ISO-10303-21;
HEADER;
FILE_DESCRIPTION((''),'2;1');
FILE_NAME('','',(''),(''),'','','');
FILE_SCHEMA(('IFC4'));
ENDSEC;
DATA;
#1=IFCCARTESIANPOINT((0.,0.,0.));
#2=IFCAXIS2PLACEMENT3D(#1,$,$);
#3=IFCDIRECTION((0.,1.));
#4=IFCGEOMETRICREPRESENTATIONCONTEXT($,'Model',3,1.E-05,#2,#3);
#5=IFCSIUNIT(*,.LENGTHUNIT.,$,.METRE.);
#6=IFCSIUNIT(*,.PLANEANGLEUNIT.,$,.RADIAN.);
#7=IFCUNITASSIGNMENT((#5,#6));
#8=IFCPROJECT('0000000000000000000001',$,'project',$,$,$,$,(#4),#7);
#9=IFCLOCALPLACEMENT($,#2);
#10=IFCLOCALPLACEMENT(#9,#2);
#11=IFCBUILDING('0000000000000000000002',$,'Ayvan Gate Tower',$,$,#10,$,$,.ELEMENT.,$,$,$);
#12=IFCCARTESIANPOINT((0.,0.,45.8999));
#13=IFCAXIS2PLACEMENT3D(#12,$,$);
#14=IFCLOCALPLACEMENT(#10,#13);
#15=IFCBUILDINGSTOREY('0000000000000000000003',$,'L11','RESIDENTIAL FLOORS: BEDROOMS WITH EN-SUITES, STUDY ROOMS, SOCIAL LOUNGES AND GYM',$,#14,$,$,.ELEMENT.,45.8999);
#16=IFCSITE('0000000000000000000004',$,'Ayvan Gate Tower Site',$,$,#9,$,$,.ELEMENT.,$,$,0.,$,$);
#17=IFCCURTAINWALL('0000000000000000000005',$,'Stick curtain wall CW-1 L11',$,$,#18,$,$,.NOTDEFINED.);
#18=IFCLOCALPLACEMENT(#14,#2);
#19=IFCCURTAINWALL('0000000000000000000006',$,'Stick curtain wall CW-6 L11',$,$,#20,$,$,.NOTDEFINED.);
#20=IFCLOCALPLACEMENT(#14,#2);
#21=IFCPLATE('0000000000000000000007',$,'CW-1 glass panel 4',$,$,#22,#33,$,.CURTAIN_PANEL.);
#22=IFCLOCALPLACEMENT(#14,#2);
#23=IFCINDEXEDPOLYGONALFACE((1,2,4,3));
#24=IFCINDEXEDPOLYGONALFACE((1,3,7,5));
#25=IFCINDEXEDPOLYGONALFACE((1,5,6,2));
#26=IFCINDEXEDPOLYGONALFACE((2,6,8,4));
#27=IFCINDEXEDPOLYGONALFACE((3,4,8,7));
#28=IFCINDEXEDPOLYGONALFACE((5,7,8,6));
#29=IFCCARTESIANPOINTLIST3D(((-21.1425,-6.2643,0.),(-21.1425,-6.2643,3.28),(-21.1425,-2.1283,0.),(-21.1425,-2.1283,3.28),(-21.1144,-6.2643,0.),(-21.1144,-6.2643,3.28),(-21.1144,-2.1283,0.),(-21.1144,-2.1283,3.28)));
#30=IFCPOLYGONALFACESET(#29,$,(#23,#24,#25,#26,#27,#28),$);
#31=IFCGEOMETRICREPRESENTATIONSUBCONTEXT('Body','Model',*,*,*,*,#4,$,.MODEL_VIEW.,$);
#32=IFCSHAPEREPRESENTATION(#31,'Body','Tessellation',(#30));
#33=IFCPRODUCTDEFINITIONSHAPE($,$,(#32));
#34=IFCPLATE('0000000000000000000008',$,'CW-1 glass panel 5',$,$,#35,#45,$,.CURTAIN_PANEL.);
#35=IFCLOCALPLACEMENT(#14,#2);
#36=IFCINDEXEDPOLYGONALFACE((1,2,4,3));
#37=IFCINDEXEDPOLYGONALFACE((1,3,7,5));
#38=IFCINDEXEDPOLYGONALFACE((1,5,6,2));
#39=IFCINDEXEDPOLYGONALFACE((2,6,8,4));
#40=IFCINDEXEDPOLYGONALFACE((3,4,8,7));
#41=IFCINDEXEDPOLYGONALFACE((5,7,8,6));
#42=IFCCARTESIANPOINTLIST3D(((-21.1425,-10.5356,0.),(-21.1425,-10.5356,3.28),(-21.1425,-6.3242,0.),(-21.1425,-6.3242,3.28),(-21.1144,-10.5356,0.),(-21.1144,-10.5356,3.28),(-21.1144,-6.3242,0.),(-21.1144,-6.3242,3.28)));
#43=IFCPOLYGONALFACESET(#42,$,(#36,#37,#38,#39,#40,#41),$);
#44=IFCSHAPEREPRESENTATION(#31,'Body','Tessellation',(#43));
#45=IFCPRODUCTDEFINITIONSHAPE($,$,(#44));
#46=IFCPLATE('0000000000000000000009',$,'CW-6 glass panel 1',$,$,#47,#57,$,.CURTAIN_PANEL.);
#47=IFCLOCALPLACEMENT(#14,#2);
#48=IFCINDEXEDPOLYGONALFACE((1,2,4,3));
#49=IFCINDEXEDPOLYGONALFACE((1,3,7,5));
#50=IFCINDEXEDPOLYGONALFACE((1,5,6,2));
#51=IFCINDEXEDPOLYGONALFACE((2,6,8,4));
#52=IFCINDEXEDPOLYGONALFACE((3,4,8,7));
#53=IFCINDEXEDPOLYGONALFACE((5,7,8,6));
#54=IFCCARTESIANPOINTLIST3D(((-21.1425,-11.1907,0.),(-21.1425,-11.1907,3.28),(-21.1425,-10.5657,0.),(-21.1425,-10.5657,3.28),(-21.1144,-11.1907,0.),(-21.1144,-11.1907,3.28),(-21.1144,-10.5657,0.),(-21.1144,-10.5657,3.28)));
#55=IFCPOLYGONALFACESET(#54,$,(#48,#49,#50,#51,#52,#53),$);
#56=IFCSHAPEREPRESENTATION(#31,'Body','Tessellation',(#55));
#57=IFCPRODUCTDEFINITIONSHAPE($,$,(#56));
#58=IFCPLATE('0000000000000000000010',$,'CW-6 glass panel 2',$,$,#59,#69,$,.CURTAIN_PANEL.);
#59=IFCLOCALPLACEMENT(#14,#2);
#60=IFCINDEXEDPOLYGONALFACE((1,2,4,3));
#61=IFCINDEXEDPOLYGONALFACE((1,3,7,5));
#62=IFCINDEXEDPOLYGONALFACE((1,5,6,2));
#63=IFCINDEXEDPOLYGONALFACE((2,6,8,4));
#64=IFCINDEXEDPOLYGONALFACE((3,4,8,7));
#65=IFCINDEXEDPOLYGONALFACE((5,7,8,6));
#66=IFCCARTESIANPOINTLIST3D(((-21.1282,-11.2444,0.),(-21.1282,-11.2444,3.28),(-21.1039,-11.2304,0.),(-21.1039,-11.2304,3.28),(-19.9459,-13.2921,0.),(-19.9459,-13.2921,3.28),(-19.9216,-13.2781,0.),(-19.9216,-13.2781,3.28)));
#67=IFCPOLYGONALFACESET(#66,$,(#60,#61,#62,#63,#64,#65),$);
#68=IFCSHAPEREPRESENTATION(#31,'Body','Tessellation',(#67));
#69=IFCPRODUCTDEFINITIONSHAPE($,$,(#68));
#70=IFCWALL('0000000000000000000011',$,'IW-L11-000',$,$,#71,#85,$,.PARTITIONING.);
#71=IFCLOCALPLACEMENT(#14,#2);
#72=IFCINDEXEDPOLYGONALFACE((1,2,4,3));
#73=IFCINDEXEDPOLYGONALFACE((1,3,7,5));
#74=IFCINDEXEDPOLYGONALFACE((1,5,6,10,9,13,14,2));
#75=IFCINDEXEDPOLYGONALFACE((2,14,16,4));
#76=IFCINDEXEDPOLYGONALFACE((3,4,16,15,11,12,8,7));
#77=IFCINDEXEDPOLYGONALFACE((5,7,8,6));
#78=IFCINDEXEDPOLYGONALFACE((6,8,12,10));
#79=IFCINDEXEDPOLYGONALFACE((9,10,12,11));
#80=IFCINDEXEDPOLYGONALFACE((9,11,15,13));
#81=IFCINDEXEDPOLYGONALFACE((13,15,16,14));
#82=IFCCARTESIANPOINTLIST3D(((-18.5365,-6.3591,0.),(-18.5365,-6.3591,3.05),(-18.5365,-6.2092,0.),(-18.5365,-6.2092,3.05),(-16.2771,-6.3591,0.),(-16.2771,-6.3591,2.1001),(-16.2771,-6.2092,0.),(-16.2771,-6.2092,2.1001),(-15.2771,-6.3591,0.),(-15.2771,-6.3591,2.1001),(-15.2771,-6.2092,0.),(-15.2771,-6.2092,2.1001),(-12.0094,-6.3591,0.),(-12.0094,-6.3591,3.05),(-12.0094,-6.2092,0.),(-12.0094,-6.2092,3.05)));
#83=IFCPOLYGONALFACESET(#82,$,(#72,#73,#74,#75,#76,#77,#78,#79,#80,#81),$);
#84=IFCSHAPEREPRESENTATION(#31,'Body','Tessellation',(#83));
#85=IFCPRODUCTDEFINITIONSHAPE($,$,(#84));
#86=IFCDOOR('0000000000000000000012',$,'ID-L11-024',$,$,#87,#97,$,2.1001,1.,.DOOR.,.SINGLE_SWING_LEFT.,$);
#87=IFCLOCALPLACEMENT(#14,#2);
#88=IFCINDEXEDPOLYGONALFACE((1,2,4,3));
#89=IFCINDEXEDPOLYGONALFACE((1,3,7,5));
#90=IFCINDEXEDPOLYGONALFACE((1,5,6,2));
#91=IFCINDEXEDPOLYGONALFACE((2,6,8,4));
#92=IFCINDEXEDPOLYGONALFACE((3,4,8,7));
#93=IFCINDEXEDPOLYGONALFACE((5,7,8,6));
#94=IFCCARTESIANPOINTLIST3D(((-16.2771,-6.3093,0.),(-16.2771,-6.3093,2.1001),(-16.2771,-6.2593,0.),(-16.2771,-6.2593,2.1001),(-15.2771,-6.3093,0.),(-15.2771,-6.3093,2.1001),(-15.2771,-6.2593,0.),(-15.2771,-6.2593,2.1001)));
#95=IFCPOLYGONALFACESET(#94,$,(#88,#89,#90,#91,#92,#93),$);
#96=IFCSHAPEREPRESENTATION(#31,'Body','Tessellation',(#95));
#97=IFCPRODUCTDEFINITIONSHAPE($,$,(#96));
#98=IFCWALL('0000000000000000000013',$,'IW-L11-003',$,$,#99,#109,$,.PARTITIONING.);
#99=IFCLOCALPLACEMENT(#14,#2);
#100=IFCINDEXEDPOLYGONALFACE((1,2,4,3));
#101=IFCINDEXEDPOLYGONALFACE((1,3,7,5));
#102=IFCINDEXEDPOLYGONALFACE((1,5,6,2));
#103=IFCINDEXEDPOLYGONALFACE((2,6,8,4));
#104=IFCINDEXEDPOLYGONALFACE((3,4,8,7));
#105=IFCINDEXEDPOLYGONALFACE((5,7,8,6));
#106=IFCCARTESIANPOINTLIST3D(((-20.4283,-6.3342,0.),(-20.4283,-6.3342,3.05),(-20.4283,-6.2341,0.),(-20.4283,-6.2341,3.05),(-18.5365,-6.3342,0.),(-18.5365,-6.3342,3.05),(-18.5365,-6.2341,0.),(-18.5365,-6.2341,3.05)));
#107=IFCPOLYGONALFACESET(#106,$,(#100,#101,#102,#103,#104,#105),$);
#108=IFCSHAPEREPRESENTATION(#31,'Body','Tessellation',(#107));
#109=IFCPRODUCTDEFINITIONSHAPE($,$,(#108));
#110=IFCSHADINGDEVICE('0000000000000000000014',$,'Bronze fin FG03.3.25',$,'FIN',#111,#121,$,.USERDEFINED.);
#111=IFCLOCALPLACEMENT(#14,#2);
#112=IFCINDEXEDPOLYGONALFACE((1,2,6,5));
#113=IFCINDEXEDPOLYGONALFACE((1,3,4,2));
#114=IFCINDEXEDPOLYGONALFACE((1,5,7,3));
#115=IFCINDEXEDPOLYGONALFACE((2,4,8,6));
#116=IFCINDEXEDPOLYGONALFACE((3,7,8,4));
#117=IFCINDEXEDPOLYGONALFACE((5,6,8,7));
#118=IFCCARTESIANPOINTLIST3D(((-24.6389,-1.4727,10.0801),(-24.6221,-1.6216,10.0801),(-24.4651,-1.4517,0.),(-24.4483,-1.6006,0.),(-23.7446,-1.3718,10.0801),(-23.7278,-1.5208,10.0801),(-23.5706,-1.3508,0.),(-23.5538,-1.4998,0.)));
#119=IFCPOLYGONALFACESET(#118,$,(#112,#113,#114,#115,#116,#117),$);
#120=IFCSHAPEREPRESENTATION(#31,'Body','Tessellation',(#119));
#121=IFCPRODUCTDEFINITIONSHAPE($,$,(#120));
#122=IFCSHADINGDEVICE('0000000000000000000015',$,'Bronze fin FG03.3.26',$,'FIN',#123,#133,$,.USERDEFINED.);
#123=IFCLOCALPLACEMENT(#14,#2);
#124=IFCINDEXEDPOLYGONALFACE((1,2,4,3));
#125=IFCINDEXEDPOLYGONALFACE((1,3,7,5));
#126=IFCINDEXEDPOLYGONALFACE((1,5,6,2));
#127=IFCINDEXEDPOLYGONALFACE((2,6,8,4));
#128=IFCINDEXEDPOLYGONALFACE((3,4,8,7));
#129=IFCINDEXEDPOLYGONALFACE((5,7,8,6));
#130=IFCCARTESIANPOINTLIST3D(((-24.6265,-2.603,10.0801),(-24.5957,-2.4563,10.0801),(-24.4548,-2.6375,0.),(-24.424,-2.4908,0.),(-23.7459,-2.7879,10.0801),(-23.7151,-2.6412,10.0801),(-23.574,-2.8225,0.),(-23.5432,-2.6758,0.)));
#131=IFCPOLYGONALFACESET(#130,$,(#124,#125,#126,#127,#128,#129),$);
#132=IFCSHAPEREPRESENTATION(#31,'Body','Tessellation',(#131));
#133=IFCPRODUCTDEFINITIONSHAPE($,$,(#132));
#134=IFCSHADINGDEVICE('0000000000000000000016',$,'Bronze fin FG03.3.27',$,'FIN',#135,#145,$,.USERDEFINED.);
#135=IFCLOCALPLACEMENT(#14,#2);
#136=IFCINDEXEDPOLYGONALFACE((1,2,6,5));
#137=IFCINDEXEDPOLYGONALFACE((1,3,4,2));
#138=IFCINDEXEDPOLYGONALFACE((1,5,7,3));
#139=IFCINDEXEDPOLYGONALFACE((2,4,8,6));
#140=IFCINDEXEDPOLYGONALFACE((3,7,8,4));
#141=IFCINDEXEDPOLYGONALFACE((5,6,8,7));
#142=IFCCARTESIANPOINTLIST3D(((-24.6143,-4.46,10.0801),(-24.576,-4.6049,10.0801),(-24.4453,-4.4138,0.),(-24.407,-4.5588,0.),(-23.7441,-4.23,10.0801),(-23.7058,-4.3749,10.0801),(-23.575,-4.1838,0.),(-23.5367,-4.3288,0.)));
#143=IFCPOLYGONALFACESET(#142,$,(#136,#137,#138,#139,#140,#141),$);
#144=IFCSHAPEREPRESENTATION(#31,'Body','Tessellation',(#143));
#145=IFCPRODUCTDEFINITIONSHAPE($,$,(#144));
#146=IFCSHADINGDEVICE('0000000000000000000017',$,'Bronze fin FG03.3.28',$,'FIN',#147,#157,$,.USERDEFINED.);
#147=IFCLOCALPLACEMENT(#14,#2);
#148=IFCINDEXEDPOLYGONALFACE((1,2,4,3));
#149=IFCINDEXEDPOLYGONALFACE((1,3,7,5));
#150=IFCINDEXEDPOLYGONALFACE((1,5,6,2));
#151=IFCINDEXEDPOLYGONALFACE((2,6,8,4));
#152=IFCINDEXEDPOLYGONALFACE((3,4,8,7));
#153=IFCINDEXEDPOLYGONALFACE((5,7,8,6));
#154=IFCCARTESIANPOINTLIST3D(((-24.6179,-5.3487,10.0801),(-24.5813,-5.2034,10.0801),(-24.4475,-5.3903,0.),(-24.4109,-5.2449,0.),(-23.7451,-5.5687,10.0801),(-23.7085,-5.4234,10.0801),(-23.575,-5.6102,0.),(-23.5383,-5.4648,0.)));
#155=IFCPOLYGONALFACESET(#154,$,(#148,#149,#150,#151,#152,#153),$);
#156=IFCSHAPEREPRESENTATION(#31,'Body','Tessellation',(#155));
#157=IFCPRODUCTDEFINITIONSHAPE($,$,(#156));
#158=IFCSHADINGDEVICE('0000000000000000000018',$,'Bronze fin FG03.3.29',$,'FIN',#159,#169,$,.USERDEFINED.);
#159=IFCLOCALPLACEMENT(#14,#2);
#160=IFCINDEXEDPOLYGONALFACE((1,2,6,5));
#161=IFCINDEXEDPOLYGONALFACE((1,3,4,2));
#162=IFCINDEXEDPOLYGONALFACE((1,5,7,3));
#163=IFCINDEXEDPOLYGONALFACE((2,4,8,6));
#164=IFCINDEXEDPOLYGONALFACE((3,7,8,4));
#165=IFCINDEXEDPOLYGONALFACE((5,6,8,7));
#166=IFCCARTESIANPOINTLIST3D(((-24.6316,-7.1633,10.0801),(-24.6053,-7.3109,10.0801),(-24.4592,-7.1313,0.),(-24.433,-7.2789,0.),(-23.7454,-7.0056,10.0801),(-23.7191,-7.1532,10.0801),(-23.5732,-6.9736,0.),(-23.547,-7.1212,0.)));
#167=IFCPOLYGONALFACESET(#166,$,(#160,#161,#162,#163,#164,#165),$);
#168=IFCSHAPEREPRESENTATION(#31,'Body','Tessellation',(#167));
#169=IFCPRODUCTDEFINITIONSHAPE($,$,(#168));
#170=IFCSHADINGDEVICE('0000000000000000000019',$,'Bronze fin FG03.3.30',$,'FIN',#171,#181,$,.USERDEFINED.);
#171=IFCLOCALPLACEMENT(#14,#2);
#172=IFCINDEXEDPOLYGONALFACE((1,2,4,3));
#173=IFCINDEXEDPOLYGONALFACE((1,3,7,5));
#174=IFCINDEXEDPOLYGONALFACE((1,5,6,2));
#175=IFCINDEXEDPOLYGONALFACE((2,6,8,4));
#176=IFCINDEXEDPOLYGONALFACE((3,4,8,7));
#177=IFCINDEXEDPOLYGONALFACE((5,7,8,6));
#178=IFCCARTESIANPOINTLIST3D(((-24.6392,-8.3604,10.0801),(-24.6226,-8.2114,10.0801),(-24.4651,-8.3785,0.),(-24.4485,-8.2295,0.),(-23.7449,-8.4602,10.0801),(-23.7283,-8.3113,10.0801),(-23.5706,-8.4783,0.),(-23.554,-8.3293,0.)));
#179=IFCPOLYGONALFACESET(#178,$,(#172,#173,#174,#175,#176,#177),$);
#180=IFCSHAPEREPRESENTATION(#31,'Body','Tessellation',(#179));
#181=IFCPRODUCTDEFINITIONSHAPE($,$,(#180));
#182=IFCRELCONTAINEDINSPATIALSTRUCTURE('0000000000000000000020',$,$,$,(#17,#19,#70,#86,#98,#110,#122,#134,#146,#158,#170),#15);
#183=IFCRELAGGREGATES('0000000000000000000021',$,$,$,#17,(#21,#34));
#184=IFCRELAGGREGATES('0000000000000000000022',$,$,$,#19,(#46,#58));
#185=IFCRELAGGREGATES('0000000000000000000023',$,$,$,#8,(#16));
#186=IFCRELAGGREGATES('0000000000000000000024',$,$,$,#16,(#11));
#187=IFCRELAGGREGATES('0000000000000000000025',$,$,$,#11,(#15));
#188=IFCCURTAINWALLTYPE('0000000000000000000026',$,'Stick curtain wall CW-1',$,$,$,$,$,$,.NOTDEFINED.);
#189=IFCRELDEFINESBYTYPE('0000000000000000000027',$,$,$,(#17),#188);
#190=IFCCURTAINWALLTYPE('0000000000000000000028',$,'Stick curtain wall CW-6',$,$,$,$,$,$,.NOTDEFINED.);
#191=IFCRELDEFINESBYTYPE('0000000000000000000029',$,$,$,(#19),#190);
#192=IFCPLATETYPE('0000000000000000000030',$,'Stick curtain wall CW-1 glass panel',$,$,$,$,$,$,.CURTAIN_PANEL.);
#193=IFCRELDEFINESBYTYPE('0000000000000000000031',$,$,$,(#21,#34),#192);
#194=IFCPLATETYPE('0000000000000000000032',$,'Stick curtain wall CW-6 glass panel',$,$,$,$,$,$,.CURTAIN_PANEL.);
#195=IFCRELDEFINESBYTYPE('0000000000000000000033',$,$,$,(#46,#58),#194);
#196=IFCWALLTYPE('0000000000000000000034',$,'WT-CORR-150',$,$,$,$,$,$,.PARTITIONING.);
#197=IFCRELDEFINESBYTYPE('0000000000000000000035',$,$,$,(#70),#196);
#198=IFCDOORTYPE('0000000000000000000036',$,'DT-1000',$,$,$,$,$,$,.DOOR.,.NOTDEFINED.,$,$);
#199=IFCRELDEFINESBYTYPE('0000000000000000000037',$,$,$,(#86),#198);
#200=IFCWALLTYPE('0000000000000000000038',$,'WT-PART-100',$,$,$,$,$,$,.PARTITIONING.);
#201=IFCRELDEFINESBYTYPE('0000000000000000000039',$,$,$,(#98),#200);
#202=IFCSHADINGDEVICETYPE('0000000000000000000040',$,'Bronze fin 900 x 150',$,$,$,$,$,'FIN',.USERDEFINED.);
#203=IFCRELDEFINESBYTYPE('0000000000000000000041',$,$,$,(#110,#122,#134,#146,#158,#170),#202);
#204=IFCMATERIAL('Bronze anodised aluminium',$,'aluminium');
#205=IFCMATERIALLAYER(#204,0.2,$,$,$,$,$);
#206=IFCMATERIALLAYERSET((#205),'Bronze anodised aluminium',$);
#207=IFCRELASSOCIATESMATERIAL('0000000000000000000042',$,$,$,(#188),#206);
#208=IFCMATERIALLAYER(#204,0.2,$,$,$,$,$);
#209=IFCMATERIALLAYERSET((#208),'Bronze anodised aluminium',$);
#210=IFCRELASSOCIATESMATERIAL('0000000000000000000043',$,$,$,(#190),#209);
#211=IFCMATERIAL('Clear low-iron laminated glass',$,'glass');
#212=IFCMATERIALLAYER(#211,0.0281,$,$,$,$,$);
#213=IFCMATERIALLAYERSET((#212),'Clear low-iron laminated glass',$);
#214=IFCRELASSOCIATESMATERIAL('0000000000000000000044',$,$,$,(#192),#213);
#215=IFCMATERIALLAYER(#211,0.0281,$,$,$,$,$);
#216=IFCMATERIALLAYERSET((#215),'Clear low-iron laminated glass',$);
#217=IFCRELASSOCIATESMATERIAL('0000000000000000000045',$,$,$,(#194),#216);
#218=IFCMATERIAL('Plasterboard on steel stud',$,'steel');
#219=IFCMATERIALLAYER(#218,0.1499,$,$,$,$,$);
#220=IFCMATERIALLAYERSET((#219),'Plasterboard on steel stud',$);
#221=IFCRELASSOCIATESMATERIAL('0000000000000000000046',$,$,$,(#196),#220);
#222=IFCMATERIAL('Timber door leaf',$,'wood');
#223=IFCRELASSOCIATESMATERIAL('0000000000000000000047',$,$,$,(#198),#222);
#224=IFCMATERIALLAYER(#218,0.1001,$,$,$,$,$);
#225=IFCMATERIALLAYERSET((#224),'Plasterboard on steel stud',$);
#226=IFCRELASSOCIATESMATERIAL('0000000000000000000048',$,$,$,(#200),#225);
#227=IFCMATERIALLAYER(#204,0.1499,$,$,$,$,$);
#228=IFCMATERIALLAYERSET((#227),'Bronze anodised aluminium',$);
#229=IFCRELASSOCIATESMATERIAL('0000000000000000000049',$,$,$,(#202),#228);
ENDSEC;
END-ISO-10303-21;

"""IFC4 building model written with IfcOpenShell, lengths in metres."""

from ifc_helpers import new_model, si_unit, direction, frame, frame_2d, origin, origin_2d, place, context, subcontext, project, spatial, polyline, rectangle, outline, extrude, material, layer, layer_set, type_object, element, fill, aggregate, save


model = new_model("IFC4")

# Units and contexts
model_context = context("Model", 3, precision=1e-05, world=origin(), true_north=direction((0.0, 1.0)))
body_context = subcontext(model_context, "Body", "Model", "MODEL_VIEW")
ifc_project = project(units=[si_unit("LENGTHUNIT", "METRE"), si_unit("PLANEANGLEUNIT", "RADIAN")], contexts=[model_context])

# Site, building, storey
site_placement = place(None, origin())
site = spatial("IfcSite", under=ifc_project, at=site_placement, Name="Ayvan Gate Tower Site", CompositionType="ELEMENT", RefElevation=0.0)
building_placement = place(site_placement, origin())
building = spatial("IfcBuilding", under=site, at=building_placement, Name="Ayvan Gate Tower", CompositionType="ELEMENT")
storey_placement = place(building_placement, frame((0.0, 0.0, 45.8999)))
storey = spatial("IfcBuildingStorey", under=building, at=storey_placement, Name="L11", Description="RESIDENTIAL FLOORS: BEDROOMS WITH EN-SUITES, STUDY ROOMS, SOCIAL LOUNGES AND GYM", CompositionType="ELEMENT", Elevation=45.8999)

# Curtain walls
ifc_material_1 = material(Name="Bronze anodised aluminium", Category="aluminium")
ifc_layer_1 = layer(ifc_material_1, 0.2)
ifc_layer_set_1 = layer_set([ifc_layer_1], Name="Bronze anodised aluminium")
curtain_wall_type_1 = type_object("IfcCurtainWallType", Name="Stick curtain wall CW-1", PredefinedType="NOTDEFINED", material=ifc_layer_set_1)
curtain_wall_1_placement = place(storey_placement, origin())
curtain_wall_1 = element("IfcCurtainWall", 1, at=curtain_wall_1_placement, inside=storey, type_object=curtain_wall_type_1, Name="Stick curtain wall CW-1 L11", PredefinedType="NOTDEFINED")
ifc_layer_2 = layer(ifc_material_1, 0.2)
ifc_layer_set_2 = layer_set([ifc_layer_2], Name="Bronze anodised aluminium")
curtain_wall_type_2 = type_object("IfcCurtainWallType", Name="Stick curtain wall CW-6", PredefinedType="NOTDEFINED", material=ifc_layer_set_2)
curtain_wall_2_placement = place(storey_placement, origin())
curtain_wall_2 = element("IfcCurtainWall", 2, at=curtain_wall_2_placement, inside=storey, type_object=curtain_wall_type_2, Name="Stick curtain wall CW-6 L11", PredefinedType="NOTDEFINED")

# Plates
ifc_material_2 = material(Name="Clear low-iron laminated glass", Category="glass")
ifc_layer_3 = layer(ifc_material_2, 0.0281)
ifc_layer_set_3 = layer_set([ifc_layer_3], Name="Clear low-iron laminated glass")
plate_type_1 = type_object("IfcPlateType", Name="Stick curtain wall CW-1 glass panel", PredefinedType="CURTAIN_PANEL", material=ifc_layer_set_3)
plate_1_placement = place(storey_placement, frame((-21.1284, -4.1963, 0.0), z_axis=(0.0, 0.0, 1.0), x_axis=(0.0, -1.0, 0.0)))
plate_1 = element("IfcPlate", 3, at=plate_1_placement, type_object=plate_type_1, Name="CW-1 glass panel 4", PredefinedType="CURTAIN_PANEL", context=body_context, shape_type="SweptSolid", body=[
    extrude(rectangle(XDim=4.136, YDim=0.0281, at=origin_2d()), origin(), (0.0, 0.0, 1.0), 3.28),
])
plate_2_placement = place(storey_placement, frame((-21.1284, -8.4299, 0.0), z_axis=(0.0, 0.0, 1.0), x_axis=(0.0, -1.0, 0.0)))
plate_2 = element("IfcPlate", 4, at=plate_2_placement, type_object=plate_type_1, Name="CW-1 glass panel 5", PredefinedType="CURTAIN_PANEL", context=body_context, shape_type="SweptSolid", body=[
    extrude(rectangle(XDim=4.2114, YDim=0.0281, at=origin_2d()), origin(), (0.0, 0.0, 1.0), 3.28),
])
aggregate(curtain_wall_1, [plate_1, plate_2])
ifc_layer_4 = layer(ifc_material_2, 0.0281)
ifc_layer_set_4 = layer_set([ifc_layer_4], Name="Clear low-iron laminated glass")
plate_type_2 = type_object("IfcPlateType", Name="Stick curtain wall CW-6 glass panel", PredefinedType="CURTAIN_PANEL", material=ifc_layer_set_4)
plate_3_placement = place(storey_placement, frame((-21.1284, -10.8782, 0.0), z_axis=(0.0, 0.0, 1.0), x_axis=(0.0, -1.0, 0.0)))
plate_3 = element("IfcPlate", 5, at=plate_3_placement, type_object=plate_type_2, Name="CW-6 glass panel 1", PredefinedType="CURTAIN_PANEL", context=body_context, shape_type="SweptSolid", body=[
    extrude(rectangle(XDim=0.625, YDim=0.0281, at=origin_2d()), origin(), (0.0, 0.0, 1.0), 3.28),
])
plate_4_placement = place(storey_placement, frame((-20.5249, -12.2612, 0.0), z_axis=(0.0, 0.0, 1.0), x_axis=(0.5, -0.866025, 0.0)))
plate_4 = element("IfcPlate", 6, at=plate_4_placement, type_object=plate_type_2, Name="CW-6 glass panel 2", PredefinedType="CURTAIN_PANEL", context=body_context, shape_type="SweptSolid", body=[
    extrude(rectangle(XDim=2.3645, YDim=0.0281, at=origin_2d()), origin(), (0.0, 0.0, 1.0), 3.28),
])
aggregate(curtain_wall_2, [plate_3, plate_4])

# Wall, opening, door
ifc_material_3 = material(Name="Plasterboard on steel stud", Category="steel")
ifc_layer_5 = layer(ifc_material_3, 0.1499)
ifc_layer_set_5 = layer_set([ifc_layer_5], Name="Plasterboard on steel stud")
wall_type_1 = type_object("IfcWallType", Name="WT-CORR-150", PredefinedType="PARTITIONING", material=ifc_layer_set_5)
wall_1_placement = place(storey_placement, frame((-18.5366, -6.2842, 0.0), z_axis=(0.0, 0.0, 1.0), x_axis=(1.0, 0.0, 0.0)))
wall_1 = element("IfcWall", 7, at=wall_1_placement, inside=storey, type_object=wall_type_1, Name="IW-L11-000", PredefinedType="PARTITIONING", context=body_context, shape_type="SweptSolid", body=[
    extrude(rectangle(XDim=6.5271, YDim=0.1499, at=frame_2d((3.2637, 0.0))), origin(), (0.0, 0.0, 1.0), 3.05),
])
opening_placement = place(wall_1_placement, frame((2.2595, 0.0, 0.0)))
opening = element("IfcOpeningElement", 8, at=opening_placement, cuts=wall_1, PredefinedType="OPENING", context=body_context, shape_type="SweptSolid", body=[
    extrude(rectangle(XDim=1.0, YDim=2.1001, at=frame_2d((0.5, 1.05))), frame((0.0, 0.085, 0.0), z_axis=(0.0, -1.0, 0.0), x_axis=(1.0, 0.0, 0.0)), (0.0, 0.0, 1.0), 0.1699),
])
ifc_material_4 = material(Name="Timber door leaf", Category="wood")
door_type = type_object("IfcDoorType", Name="DT-1000", OperationType="NOTDEFINED", PredefinedType="DOOR", material=ifc_material_4)
door_placement = place(opening_placement, origin())
door = element("IfcDoor", 9, at=door_placement, inside=storey, type_object=door_type, Name="ID-L11-024", OperationType="SINGLE_SWING_LEFT", OverallHeight=2.1001, OverallWidth=1.0, PredefinedType="DOOR", context=body_context, shape_type="SweptSolid", body=[
    extrude(rectangle(XDim=1.0, YDim=2.1001, at=frame_2d((0.5, 1.05))), frame((0.0, 0.0249, 0.0), z_axis=(0.0, -1.0, 0.0), x_axis=(1.0, 0.0, 0.0)), (0.0, 0.0, 1.0), 0.05),
])
fill(opening, door)

# Wall
ifc_layer_6 = layer(ifc_material_3, 0.1001)
ifc_layer_set_6 = layer_set([ifc_layer_6], Name="Plasterboard on steel stud")
wall_type_2 = type_object("IfcWallType", Name="WT-PART-100", PredefinedType="PARTITIONING", material=ifc_layer_set_6)
wall_2_placement = place(storey_placement, frame((-18.5366, -6.2842, 0.0), z_axis=(0.0, 0.0, 1.0), x_axis=(-1.0, 0.0, 0.0)))
element("IfcWall", 10, at=wall_2_placement, inside=storey, type_object=wall_type_2, Name="IW-L11-003", PredefinedType="PARTITIONING", context=body_context, shape_type="SweptSolid", body=[
    extrude(rectangle(XDim=1.8918, YDim=0.1001, at=frame_2d((0.9458, 0.0))), origin(), (0.0, 0.0, 1.0), 3.05),
])

# Shading devices
ifc_layer_7 = layer(ifc_material_1, 0.1499)
ifc_layer_set_7 = layer_set([ifc_layer_7], Name="Bronze anodised aluminium")
shading_device_type = type_object("IfcShadingDeviceType", Name="Bronze fin 900 x 150", ElementType="FIN", PredefinedType="USERDEFINED", material=ifc_layer_set_7)
shading_device_1_placement = place(storey_placement, frame((-23.5706, -1.3508, 0.0), z_axis=(-0.112024, 0.993705, 0.000137), x_axis=(-0.993705, -0.112024, 0.0)))
element("IfcShadingDevice", 11, at=shading_device_1_placement, inside=storey, type_object=shading_device_type, Name="Bronze fin FG03.3.25", ObjectType="FIN", PredefinedType="USERDEFINED", context=body_context, shape_type="SweptSolid", body=[
    extrude(outline(polyline([(0.0, 0.0), (0.9002, 0.0), (1.0753, 10.0801), (0.1753, 10.0801), (0.0, 0.0)])), origin(), (0.0, 0.0, -1.0), 0.1499),
])
shading_device_2_placement = place(storey_placement, frame((-23.5432, -2.6758, 0.0), z_axis=(0.205498, 0.978658, 0.000147), x_axis=(-0.978658, 0.205498, 0.0)))
element("IfcShadingDevice", 12, at=shading_device_2_placement, inside=storey, type_object=shading_device_type, Name="Bronze fin FG03.3.26", ObjectType="FIN", PredefinedType="USERDEFINED", context=body_context, shape_type="SweptSolid", body=[
    extrude(outline(polyline([(0.0, 0.0), (0.9, 0.0), (1.0751, 10.0801), (0.1753, 10.0801), (0.0, 0.0)])), origin(), (0.0, 0.0, -1.0), 0.1499),
])
shading_device_3_placement = place(storey_placement, frame((-23.575, -4.1838, 0.0), z_axis=(-0.255501, 0.966809, 0.00014), x_axis=(-0.966809, -0.255501, 0.0)))
element("IfcShadingDevice", 13, at=shading_device_3_placement, inside=storey, type_object=shading_device_type, Name="Bronze fin FG03.3.27", ObjectType="FIN", PredefinedType="USERDEFINED", context=body_context, shape_type="SweptSolid", body=[
    extrude(outline(polyline([(0.0, 0.0), (0.9002, 0.0), (1.0754, 10.0801), (0.1754, 10.0801), (0.0, 0.0)])), origin(), (0.0, 0.0, -1.0), 0.1499),
])
shading_device_4_placement = place(storey_placement, frame((-23.5383, -5.4648, 0.0), z_axis=(0.244418, 0.96967, 0.000137), x_axis=(-0.96967, 0.244418, 0.0)))
element("IfcShadingDevice", 14, at=shading_device_4_placement, inside=storey, type_object=shading_device_type, Name="Bronze fin FG03.3.28", ObjectType="FIN", PredefinedType="USERDEFINED", context=body_context, shape_type="SweptSolid", body=[
    extrude(outline(polyline([(0.0, 0.0), (0.8999, 0.0), (1.0752, 10.0801), (0.1751, 10.0801), (0.0, 0.0)])), origin(), (0.0, 0.0, -1.0), 0.1499),
])
shading_device_5_placement = place(storey_placement, frame((-23.5732, -6.9736, 0.0), z_axis=(-0.175232, 0.984527, 0.00013), x_axis=(-0.984527, -0.175232, 0.0)))
element("IfcShadingDevice", 15, at=shading_device_5_placement, inside=storey, type_object=shading_device_type, Name="Bronze fin FG03.3.29", ObjectType="FIN", PredefinedType="USERDEFINED", context=body_context, shape_type="SweptSolid", body=[
    extrude(outline(polyline([(0.0, 0.0), (0.8999, 0.0), (1.0752, 10.0801), (0.1751, 10.0801), (0.0, 0.0)])), origin(), (0.0, 0.0, -1.0), 0.1499),
])
shading_device_6_placement = place(storey_placement, frame((-23.554, -8.3293, 0.0), z_axis=(0.110953, 0.993826, 0.000136), x_axis=(-0.993826, 0.110953, 0.0)))
element("IfcShadingDevice", 16, at=shading_device_6_placement, inside=storey, type_object=shading_device_type, Name="Bronze fin FG03.3.30", ObjectType="FIN", PredefinedType="USERDEFINED", context=body_context, shape_type="SweptSolid", body=[
    extrude(outline(polyline([(0.0, 0.0), (0.9001, 0.0), (1.0751, 10.0801), (0.1752, 10.0801), (0.0, 0.0)])), origin(), (0.0, 0.0, -1.0), 0.1499),
])

save(model, "model.ifc")
